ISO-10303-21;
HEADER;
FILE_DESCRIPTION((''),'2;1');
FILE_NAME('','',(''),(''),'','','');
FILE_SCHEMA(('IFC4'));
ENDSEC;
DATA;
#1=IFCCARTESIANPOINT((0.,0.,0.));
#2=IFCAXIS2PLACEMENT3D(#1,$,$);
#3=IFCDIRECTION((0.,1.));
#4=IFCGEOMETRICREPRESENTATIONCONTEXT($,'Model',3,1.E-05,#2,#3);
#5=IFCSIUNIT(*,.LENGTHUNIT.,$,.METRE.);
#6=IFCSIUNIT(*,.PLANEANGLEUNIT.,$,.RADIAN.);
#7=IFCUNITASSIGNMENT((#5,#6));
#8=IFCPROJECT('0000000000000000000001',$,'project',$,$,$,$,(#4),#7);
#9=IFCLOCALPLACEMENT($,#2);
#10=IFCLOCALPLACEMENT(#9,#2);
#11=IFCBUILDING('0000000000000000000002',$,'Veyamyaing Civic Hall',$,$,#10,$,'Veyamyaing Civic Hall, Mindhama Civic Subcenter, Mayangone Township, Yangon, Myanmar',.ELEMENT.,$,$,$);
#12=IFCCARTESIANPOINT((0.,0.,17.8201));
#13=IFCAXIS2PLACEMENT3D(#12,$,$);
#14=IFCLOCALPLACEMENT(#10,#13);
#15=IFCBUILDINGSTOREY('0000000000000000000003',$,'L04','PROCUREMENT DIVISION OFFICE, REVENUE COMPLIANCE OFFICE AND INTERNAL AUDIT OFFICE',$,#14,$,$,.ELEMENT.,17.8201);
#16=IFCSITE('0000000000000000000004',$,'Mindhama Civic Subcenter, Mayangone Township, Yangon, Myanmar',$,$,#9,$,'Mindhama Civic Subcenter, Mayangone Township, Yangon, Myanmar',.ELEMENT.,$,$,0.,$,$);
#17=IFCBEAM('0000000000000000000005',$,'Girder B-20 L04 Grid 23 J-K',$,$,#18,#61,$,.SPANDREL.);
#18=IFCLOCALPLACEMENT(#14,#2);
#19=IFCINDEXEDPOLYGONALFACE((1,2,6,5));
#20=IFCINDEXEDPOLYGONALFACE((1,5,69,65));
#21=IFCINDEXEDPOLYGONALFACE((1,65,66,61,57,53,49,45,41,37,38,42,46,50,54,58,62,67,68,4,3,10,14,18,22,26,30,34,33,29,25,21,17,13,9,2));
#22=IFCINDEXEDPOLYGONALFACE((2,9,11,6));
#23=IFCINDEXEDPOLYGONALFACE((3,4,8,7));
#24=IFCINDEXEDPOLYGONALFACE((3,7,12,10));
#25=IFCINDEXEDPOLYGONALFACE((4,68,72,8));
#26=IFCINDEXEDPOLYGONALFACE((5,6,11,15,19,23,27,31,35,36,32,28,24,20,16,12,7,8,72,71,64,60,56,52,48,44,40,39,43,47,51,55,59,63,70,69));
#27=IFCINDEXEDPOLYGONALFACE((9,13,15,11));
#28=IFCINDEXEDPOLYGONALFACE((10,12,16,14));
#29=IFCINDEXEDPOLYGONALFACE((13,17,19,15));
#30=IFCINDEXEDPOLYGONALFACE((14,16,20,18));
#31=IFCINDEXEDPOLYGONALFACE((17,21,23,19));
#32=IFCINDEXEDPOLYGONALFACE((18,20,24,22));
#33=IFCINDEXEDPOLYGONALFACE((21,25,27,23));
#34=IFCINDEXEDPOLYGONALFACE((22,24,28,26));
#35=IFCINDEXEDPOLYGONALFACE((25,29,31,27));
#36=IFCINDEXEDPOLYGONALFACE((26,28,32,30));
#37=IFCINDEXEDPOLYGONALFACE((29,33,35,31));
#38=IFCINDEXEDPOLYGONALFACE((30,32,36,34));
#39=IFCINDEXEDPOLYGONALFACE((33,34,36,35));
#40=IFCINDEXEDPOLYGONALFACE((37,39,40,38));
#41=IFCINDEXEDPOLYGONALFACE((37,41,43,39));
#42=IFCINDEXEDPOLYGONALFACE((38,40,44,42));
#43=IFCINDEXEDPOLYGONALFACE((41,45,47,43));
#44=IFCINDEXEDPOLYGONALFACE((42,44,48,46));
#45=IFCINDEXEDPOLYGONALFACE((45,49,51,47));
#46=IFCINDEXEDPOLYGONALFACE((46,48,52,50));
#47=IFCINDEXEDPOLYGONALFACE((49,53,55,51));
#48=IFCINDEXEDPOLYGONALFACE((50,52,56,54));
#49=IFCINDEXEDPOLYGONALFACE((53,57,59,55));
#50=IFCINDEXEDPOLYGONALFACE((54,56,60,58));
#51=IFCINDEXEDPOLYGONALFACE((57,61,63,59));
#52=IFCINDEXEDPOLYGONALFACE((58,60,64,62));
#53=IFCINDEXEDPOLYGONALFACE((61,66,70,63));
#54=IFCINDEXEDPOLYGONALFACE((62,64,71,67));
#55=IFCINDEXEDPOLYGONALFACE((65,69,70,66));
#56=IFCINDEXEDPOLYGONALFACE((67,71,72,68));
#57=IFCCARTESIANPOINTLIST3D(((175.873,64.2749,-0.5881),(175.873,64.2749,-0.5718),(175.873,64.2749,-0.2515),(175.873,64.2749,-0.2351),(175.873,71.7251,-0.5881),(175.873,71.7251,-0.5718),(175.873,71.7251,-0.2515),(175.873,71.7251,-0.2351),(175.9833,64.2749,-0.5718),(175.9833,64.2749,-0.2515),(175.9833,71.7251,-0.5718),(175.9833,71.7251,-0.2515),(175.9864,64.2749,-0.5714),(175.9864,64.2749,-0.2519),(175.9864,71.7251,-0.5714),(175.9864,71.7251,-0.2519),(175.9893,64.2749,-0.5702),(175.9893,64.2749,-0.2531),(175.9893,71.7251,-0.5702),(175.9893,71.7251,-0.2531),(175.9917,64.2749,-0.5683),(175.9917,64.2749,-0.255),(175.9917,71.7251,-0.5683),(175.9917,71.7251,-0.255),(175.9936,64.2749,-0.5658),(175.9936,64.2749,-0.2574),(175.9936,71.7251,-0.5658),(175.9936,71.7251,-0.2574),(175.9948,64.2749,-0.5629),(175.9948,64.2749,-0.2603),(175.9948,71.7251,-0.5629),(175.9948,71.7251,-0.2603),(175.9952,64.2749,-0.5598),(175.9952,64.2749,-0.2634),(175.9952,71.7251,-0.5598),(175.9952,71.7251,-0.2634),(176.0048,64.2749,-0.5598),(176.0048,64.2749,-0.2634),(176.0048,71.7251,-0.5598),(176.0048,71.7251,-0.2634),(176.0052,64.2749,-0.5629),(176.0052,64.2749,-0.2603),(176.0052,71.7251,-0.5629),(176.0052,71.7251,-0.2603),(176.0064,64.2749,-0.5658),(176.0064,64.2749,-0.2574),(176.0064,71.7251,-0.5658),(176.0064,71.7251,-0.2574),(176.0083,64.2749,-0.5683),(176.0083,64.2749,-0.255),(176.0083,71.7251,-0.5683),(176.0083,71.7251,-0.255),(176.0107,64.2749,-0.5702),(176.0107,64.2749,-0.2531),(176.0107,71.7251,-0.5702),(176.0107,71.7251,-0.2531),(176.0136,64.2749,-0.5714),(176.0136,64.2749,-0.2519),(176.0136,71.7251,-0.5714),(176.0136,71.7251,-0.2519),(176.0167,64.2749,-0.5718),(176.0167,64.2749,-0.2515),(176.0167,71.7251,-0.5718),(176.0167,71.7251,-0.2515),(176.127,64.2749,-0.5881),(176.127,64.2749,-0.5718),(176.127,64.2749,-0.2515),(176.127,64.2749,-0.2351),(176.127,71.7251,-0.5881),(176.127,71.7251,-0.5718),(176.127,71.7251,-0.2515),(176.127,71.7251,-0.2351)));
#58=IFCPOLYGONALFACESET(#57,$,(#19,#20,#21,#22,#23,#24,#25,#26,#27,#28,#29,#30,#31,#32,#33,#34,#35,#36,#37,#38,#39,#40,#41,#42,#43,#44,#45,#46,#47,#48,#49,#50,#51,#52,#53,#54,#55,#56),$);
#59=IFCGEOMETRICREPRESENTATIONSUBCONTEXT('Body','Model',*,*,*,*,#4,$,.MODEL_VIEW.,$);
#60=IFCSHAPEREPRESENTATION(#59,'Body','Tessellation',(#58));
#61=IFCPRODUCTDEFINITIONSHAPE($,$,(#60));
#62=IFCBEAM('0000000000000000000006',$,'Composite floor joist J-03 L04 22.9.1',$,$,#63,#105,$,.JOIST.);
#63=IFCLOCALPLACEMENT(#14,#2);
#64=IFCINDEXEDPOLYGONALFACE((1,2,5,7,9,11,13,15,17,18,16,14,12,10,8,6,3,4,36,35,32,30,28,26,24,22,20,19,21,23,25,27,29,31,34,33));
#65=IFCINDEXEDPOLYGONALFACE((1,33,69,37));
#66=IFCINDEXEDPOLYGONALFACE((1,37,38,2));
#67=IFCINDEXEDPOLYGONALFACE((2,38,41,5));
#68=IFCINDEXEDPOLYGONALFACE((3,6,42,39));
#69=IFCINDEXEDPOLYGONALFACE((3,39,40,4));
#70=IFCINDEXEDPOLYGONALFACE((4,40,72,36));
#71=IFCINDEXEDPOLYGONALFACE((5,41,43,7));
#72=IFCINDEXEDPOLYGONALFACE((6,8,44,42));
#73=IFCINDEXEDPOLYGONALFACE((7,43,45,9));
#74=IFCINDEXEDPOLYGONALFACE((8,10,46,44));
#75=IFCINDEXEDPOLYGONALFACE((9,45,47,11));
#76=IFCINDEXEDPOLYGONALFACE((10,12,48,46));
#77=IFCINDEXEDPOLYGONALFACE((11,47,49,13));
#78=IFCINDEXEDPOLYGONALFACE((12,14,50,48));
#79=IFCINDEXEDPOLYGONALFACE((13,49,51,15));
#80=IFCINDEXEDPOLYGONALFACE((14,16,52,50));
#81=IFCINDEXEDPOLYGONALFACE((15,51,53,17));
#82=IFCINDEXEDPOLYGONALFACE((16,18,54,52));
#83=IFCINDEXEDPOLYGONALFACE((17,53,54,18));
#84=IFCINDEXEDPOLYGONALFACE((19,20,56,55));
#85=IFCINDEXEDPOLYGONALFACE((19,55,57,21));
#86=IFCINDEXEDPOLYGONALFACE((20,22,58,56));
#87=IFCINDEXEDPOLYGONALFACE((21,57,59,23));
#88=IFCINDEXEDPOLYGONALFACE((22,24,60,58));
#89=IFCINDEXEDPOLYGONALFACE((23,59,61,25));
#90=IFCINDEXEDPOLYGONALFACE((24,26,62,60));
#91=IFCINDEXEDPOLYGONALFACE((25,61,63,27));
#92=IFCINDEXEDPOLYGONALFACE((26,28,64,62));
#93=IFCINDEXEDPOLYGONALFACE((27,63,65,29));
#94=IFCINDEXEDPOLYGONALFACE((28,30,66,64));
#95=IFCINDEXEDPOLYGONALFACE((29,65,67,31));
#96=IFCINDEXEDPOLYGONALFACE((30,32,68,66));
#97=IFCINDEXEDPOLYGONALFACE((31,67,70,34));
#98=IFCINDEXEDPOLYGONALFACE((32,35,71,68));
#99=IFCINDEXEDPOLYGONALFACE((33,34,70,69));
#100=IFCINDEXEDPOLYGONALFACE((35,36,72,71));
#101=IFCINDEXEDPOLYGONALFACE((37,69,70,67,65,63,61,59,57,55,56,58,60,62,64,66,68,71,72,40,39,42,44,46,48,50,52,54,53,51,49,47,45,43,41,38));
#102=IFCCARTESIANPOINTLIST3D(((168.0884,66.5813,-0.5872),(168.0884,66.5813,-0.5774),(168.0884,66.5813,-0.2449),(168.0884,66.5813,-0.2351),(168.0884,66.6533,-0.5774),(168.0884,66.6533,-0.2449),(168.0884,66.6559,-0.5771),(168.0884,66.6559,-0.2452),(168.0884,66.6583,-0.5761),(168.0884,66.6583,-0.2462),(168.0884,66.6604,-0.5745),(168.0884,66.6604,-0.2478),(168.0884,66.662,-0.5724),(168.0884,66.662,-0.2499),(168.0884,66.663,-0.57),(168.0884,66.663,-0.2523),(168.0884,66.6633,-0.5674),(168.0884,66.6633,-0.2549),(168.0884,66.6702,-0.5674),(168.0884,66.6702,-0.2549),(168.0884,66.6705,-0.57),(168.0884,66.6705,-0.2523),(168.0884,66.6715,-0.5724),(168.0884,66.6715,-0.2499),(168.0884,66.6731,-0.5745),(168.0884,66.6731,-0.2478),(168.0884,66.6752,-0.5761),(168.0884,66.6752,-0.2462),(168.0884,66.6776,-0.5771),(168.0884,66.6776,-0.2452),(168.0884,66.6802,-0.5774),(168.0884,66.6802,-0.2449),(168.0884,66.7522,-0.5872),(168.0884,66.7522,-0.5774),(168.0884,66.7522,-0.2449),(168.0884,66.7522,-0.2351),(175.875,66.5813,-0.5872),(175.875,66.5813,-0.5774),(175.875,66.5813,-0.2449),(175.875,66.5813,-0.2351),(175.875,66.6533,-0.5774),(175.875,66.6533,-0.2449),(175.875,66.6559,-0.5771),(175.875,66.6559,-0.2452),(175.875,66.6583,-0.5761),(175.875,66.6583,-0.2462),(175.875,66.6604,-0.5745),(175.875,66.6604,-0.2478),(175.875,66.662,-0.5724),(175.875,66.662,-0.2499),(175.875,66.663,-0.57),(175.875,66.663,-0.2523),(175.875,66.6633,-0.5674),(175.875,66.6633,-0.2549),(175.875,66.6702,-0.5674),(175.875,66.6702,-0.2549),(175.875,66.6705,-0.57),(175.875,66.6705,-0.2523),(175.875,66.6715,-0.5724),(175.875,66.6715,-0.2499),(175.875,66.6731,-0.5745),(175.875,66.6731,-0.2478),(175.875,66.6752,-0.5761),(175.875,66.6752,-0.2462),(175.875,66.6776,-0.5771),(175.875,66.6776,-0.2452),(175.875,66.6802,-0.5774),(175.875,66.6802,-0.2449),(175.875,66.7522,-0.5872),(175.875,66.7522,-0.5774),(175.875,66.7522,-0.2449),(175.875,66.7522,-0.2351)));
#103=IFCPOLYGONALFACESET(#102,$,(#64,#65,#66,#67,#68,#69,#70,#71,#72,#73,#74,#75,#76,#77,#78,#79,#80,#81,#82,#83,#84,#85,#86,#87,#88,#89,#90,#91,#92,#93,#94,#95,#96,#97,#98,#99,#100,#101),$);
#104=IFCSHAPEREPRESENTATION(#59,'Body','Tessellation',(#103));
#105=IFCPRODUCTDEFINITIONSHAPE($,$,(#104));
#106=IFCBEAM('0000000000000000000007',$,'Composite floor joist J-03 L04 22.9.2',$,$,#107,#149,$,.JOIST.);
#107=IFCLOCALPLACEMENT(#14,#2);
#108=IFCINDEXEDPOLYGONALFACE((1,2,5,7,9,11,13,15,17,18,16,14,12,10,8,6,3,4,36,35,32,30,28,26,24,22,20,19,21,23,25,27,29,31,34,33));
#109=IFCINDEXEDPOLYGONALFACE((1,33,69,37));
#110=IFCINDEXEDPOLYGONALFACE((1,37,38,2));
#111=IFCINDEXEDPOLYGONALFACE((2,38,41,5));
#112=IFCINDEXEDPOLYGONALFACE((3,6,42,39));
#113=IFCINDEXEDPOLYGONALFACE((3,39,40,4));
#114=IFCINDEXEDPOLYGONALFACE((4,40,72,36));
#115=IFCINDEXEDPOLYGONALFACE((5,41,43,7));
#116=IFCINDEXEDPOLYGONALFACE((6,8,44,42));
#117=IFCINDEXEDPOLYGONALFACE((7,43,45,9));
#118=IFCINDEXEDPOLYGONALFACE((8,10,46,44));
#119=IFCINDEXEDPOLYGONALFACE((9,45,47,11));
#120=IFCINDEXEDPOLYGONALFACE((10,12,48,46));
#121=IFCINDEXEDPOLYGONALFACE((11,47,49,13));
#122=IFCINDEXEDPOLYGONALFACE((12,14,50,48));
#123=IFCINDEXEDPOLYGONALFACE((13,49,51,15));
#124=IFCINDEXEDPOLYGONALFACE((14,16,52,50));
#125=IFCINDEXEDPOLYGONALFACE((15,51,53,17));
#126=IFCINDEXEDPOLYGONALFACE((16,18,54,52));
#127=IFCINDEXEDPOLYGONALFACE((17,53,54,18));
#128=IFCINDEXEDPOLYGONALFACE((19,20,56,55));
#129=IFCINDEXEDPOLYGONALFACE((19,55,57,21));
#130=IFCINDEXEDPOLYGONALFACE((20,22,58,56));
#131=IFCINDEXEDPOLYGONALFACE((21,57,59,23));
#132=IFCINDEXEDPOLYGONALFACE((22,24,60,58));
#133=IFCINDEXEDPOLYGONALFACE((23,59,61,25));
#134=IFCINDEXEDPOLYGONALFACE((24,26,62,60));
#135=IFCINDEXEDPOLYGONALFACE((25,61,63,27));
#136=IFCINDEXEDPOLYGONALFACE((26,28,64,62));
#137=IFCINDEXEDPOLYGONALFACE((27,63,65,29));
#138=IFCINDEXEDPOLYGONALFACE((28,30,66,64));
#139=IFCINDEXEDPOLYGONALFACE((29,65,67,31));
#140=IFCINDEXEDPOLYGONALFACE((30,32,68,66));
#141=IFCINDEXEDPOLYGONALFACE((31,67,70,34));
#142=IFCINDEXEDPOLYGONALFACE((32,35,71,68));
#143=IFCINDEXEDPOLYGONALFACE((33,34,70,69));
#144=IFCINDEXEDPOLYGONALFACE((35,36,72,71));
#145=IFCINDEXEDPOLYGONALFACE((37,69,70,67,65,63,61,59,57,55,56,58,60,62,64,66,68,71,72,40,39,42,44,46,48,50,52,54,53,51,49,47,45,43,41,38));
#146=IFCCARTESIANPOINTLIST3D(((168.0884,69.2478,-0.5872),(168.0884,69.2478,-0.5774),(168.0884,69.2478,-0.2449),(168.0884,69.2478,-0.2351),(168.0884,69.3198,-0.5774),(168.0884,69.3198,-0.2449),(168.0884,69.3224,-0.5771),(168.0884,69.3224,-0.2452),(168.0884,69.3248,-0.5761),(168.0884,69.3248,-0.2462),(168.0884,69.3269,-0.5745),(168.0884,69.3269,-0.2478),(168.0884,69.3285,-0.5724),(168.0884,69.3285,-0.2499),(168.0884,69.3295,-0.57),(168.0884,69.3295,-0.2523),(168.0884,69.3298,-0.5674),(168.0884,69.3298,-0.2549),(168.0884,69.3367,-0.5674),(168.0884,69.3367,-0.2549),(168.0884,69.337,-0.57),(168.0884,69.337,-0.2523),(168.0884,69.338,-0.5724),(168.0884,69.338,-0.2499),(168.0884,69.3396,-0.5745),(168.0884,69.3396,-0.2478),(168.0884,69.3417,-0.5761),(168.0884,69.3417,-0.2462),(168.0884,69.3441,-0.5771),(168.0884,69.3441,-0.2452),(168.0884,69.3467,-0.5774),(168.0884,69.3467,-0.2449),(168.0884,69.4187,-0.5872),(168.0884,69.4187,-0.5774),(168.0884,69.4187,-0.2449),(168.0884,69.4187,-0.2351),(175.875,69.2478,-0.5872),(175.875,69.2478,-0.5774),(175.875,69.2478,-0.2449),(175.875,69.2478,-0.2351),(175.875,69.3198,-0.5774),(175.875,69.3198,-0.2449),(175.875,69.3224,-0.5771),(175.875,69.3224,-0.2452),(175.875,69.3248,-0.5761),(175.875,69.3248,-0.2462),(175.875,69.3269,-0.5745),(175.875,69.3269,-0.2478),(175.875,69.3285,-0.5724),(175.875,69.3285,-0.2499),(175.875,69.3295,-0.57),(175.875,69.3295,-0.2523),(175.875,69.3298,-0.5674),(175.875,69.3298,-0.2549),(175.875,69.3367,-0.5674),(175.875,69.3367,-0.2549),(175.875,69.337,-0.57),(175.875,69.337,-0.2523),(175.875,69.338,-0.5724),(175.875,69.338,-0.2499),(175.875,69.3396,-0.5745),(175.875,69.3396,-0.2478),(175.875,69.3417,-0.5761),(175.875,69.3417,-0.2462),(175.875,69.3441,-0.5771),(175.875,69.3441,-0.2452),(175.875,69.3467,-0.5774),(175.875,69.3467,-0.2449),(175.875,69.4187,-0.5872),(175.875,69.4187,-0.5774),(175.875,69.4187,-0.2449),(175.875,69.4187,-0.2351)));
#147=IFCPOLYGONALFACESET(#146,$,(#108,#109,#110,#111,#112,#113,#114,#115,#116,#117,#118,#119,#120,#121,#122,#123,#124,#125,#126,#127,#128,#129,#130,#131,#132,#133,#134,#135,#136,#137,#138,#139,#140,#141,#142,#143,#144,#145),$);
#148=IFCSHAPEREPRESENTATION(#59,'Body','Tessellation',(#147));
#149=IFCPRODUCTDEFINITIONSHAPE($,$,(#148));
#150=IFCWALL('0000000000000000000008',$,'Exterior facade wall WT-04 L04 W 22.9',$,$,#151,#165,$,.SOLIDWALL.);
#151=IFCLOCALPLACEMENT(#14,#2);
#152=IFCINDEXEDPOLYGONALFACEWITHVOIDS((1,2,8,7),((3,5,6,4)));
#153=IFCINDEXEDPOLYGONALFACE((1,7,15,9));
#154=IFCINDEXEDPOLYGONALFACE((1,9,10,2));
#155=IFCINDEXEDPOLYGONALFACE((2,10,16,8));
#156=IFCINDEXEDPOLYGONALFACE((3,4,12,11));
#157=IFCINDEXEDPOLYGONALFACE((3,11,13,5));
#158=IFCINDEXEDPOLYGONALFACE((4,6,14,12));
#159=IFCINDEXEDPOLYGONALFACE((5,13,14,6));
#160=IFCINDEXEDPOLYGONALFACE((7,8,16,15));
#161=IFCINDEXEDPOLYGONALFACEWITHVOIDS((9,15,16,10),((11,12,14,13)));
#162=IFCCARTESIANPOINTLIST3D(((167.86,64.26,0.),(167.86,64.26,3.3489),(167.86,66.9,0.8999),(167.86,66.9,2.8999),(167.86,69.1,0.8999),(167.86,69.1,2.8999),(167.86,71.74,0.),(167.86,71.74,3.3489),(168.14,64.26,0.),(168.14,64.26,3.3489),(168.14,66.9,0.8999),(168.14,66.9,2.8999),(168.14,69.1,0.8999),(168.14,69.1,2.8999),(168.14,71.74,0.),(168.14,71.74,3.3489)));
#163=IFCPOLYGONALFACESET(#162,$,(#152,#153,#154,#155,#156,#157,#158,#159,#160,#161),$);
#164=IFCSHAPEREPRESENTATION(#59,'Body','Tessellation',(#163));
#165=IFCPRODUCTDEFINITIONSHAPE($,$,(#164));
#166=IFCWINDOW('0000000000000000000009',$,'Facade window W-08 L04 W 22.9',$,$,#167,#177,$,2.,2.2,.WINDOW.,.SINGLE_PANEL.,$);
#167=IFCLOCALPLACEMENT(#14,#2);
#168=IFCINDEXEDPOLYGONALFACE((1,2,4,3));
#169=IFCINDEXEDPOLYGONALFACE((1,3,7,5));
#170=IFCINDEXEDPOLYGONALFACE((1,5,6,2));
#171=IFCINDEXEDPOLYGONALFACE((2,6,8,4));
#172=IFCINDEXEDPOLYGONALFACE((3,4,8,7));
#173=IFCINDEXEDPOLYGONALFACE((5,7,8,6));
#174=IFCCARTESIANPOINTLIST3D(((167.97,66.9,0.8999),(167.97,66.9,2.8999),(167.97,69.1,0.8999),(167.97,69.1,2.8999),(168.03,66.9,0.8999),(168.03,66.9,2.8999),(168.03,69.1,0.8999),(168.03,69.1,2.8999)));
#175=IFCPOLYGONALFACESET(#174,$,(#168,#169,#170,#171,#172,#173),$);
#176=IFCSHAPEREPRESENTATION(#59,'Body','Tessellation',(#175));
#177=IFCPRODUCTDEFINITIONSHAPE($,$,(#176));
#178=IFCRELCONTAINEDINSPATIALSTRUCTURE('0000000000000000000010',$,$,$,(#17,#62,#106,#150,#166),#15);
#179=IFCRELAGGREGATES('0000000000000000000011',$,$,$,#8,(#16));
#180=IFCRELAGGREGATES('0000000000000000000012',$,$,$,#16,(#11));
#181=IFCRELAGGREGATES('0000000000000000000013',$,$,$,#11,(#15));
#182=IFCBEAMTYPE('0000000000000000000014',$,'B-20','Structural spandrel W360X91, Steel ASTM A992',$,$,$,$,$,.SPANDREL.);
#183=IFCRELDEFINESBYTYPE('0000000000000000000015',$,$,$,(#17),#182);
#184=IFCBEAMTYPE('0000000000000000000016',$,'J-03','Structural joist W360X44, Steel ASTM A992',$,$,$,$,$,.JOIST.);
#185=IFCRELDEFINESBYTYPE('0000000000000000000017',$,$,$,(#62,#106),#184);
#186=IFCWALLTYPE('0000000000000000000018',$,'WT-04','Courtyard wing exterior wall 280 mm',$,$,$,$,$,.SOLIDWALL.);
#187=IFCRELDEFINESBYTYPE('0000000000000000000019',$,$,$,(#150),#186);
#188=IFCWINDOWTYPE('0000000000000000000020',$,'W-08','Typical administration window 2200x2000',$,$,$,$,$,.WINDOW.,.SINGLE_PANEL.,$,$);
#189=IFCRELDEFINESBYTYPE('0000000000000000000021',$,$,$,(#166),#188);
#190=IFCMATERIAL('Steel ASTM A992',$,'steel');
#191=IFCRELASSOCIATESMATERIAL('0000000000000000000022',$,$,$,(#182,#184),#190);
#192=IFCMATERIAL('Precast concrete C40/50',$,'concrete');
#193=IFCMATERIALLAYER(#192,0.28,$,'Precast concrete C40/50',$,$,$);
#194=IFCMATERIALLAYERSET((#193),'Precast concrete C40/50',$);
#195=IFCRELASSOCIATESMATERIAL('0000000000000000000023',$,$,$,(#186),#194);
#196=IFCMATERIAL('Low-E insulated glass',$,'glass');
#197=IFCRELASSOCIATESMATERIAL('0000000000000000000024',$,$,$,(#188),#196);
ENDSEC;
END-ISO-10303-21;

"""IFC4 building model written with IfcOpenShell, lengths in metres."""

from ifc_helpers import new_model, si_unit, direction, frame, frame_2d, origin, origin_2d, place, context, subcontext, project, spatial, rectangle, i_section, extrude, material, layer, layer_set, material_profile, profile_set, type_object, element, fill, save


model = new_model("IFC4")

# Units and contexts
model_context = context("Model", 3, precision=1e-05, world=origin(), true_north=direction((0.0, 1.0)))
body_context = subcontext(model_context, "Body", "Model", "MODEL_VIEW")
ifc_project = project(units=[si_unit("LENGTHUNIT", "METRE"), si_unit("PLANEANGLEUNIT", "RADIAN")], contexts=[model_context])

# Site, building, storey
site_placement = place(None, origin())
site = spatial("IfcSite", under=ifc_project, at=site_placement, Name="Mindhama Civic Subcenter, Mayangone Township, Yangon, Myanmar", LongName="Mindhama Civic Subcenter, Mayangone Township, Yangon, Myanmar", CompositionType="ELEMENT", RefElevation=0.0)
building_placement = place(site_placement, origin())
building = spatial("IfcBuilding", under=site, at=building_placement, Name="Veyamyaing Civic Hall", LongName="Veyamyaing Civic Hall, Mindhama Civic Subcenter, Mayangone Township, Yangon, Myanmar", CompositionType="ELEMENT")
storey_placement = place(building_placement, frame((0.0, 0.0, 17.8201)))
storey = spatial("IfcBuildingStorey", under=building, at=storey_placement, Name="L04", Description="PROCUREMENT DIVISION OFFICE, REVENUE COMPLIANCE OFFICE AND INTERNAL AUDIT OFFICE", CompositionType="ELEMENT", Elevation=17.8201)

# Beams
ifc_material_1 = material(Name="Steel ASTM A992", Category="steel")
ifc_material_profile_1 = material_profile(ifc_material_1, i_section(OverallWidth=0.2539, OverallDepth=0.353, WebThickness=0.0095, FlangeThickness=0.0164, FilletRadius=0.012, at=origin_2d()), Name="W360X91")
ifc_profile_set_1 = profile_set([ifc_material_profile_1], Name="Steel ASTM A992")
beam_type_1 = type_object("IfcBeamType", Name="B-20", Description="Structural spandrel W360X91, Steel ASTM A992", PredefinedType="SPANDREL", material=ifc_profile_set_1)
beam_1_placement = place(storey_placement, frame((176.0, 64.2749, -0.4116), z_axis=(0.0, 1.0, 0.0), x_axis=(-1.0, 0.0, 0.0)))
element("IfcBeam", 1, at=beam_1_placement, inside=storey, type_object=beam_type_1, Name="Girder B-20 L04 Grid 23 J-K", PredefinedType="SPANDREL", context=body_context, shape_type="SweptSolid", body=[
    extrude(i_section(OverallWidth=0.2539, OverallDepth=0.353, WebThickness=0.0095, FlangeThickness=0.0164, FilletRadius=0.012, at=origin_2d()), origin(), (0.0, 0.0, 1.0), 7.4502),
])
ifc_material_profile_2 = material_profile(ifc_material_1, i_section(OverallWidth=0.1709, OverallDepth=0.3521, WebThickness=0.0068, FlangeThickness=0.0098, FilletRadius=0.01, at=origin_2d()), Name="W360X44")
ifc_profile_set_2 = profile_set([ifc_material_profile_2], Name="Steel ASTM A992")
beam_type_2 = type_object("IfcBeamType", Name="J-03", Description="Structural joist W360X44, Steel ASTM A992", PredefinedType="JOIST", material=ifc_profile_set_2)
for number, where, z_axis, x_axis, name in (
    (2, (168.0884, 66.6667, -0.4111), (1.0, 0.0, 0.0), (0.0, 1.0, 0.0), "Composite floor joist J-03 L04 22.9.1"),
    (3, (168.0884, 69.3333, -0.4111), (1.0, 0.0, 0.0), (0.0, 1.0, 0.0), "Composite floor joist J-03 L04 22.9.2"),
):
    element("IfcBeam", number, at=place(storey_placement, frame(where, z_axis=z_axis, x_axis=x_axis)), inside=storey, type_object=beam_type_2, Name=name, PredefinedType="JOIST", context=body_context, shape_type="SweptSolid", body=[
        extrude(i_section(OverallWidth=0.1709, OverallDepth=0.3521, WebThickness=0.0068, FlangeThickness=0.0098, FilletRadius=0.01, at=origin_2d()), origin(), (0.0, 0.0, 1.0), 7.7866),
    ])

# Wall, opening, window
ifc_material_2 = material(Name="Precast concrete C40/50", Category="concrete")
ifc_layer_1 = layer(ifc_material_2, 0.28, Name="Precast concrete C40/50")
ifc_layer_set_1 = layer_set([ifc_layer_1], Name="Precast concrete C40/50")
wall_type_1 = type_object("IfcWallType", Name="WT-04", Description="Courtyard wing exterior wall 280 mm", PredefinedType="SOLIDWALL", material=ifc_layer_set_1)
wall_1_placement = place(storey_placement, frame((168.0, 64.26, 0.0), z_axis=(0.0, 0.0, 1.0), x_axis=(0.0, 1.0, 0.0)))
wall_1 = element("IfcWall", 4, at=wall_1_placement, inside=storey, type_object=wall_type_1, Name="Exterior facade wall WT-04 L04 W 22.9", PredefinedType="SOLIDWALL", context=body_context, shape_type="SweptSolid", body=[
    extrude(rectangle(XDim=7.48, YDim=0.28, at=frame_2d((3.74, 0.0))), origin(), (0.0, 0.0, 1.0), 3.3489),
])
opening_1_placement = place(wall_1_placement, frame((2.6399, 0.0, 0.8999)))
opening_1 = element("IfcOpeningElement", 5, at=opening_1_placement, cuts=wall_1, PredefinedType="OPENING", context=body_context, shape_type="SweptSolid", body=[
    extrude(rectangle(XDim=2.2, YDim=2.0, at=frame_2d((1.1001, 1.0))), frame((0.0, 0.1499, 0.0), z_axis=(0.0, -1.0, 0.0), x_axis=(1.0, 0.0, 0.0)), (0.0, 0.0, 1.0), 0.3),
])
ifc_material_3 = material(Name="Low-E insulated glass", Category="glass")
window_type_1 = type_object("IfcWindowType", Name="W-08", Description="Typical administration window 2200x2000", PartitioningType="SINGLE_PANEL", PredefinedType="WINDOW", material=ifc_material_3)
window_1_placement = place(opening_1_placement, origin())
window_1 = element("IfcWindow", 6, at=window_1_placement, inside=storey, type_object=window_type_1, Name="Facade window W-08 L04 W 22.9", OverallHeight=2.0, OverallWidth=2.2, PartitioningType="SINGLE_PANEL", PredefinedType="WINDOW", context=body_context, shape_type="SweptSolid", body=[
    extrude(rectangle(XDim=2.2, YDim=2.0, at=frame_2d((1.1001, 1.0))), frame((0.0, 0.03, 0.0), z_axis=(0.0, -1.0, 0.0), x_axis=(1.0, 0.0, 0.0)), (0.0, 0.0, 1.0), 0.0601),
])
fill(opening_1, window_1)

save(model, "model.ifc")
